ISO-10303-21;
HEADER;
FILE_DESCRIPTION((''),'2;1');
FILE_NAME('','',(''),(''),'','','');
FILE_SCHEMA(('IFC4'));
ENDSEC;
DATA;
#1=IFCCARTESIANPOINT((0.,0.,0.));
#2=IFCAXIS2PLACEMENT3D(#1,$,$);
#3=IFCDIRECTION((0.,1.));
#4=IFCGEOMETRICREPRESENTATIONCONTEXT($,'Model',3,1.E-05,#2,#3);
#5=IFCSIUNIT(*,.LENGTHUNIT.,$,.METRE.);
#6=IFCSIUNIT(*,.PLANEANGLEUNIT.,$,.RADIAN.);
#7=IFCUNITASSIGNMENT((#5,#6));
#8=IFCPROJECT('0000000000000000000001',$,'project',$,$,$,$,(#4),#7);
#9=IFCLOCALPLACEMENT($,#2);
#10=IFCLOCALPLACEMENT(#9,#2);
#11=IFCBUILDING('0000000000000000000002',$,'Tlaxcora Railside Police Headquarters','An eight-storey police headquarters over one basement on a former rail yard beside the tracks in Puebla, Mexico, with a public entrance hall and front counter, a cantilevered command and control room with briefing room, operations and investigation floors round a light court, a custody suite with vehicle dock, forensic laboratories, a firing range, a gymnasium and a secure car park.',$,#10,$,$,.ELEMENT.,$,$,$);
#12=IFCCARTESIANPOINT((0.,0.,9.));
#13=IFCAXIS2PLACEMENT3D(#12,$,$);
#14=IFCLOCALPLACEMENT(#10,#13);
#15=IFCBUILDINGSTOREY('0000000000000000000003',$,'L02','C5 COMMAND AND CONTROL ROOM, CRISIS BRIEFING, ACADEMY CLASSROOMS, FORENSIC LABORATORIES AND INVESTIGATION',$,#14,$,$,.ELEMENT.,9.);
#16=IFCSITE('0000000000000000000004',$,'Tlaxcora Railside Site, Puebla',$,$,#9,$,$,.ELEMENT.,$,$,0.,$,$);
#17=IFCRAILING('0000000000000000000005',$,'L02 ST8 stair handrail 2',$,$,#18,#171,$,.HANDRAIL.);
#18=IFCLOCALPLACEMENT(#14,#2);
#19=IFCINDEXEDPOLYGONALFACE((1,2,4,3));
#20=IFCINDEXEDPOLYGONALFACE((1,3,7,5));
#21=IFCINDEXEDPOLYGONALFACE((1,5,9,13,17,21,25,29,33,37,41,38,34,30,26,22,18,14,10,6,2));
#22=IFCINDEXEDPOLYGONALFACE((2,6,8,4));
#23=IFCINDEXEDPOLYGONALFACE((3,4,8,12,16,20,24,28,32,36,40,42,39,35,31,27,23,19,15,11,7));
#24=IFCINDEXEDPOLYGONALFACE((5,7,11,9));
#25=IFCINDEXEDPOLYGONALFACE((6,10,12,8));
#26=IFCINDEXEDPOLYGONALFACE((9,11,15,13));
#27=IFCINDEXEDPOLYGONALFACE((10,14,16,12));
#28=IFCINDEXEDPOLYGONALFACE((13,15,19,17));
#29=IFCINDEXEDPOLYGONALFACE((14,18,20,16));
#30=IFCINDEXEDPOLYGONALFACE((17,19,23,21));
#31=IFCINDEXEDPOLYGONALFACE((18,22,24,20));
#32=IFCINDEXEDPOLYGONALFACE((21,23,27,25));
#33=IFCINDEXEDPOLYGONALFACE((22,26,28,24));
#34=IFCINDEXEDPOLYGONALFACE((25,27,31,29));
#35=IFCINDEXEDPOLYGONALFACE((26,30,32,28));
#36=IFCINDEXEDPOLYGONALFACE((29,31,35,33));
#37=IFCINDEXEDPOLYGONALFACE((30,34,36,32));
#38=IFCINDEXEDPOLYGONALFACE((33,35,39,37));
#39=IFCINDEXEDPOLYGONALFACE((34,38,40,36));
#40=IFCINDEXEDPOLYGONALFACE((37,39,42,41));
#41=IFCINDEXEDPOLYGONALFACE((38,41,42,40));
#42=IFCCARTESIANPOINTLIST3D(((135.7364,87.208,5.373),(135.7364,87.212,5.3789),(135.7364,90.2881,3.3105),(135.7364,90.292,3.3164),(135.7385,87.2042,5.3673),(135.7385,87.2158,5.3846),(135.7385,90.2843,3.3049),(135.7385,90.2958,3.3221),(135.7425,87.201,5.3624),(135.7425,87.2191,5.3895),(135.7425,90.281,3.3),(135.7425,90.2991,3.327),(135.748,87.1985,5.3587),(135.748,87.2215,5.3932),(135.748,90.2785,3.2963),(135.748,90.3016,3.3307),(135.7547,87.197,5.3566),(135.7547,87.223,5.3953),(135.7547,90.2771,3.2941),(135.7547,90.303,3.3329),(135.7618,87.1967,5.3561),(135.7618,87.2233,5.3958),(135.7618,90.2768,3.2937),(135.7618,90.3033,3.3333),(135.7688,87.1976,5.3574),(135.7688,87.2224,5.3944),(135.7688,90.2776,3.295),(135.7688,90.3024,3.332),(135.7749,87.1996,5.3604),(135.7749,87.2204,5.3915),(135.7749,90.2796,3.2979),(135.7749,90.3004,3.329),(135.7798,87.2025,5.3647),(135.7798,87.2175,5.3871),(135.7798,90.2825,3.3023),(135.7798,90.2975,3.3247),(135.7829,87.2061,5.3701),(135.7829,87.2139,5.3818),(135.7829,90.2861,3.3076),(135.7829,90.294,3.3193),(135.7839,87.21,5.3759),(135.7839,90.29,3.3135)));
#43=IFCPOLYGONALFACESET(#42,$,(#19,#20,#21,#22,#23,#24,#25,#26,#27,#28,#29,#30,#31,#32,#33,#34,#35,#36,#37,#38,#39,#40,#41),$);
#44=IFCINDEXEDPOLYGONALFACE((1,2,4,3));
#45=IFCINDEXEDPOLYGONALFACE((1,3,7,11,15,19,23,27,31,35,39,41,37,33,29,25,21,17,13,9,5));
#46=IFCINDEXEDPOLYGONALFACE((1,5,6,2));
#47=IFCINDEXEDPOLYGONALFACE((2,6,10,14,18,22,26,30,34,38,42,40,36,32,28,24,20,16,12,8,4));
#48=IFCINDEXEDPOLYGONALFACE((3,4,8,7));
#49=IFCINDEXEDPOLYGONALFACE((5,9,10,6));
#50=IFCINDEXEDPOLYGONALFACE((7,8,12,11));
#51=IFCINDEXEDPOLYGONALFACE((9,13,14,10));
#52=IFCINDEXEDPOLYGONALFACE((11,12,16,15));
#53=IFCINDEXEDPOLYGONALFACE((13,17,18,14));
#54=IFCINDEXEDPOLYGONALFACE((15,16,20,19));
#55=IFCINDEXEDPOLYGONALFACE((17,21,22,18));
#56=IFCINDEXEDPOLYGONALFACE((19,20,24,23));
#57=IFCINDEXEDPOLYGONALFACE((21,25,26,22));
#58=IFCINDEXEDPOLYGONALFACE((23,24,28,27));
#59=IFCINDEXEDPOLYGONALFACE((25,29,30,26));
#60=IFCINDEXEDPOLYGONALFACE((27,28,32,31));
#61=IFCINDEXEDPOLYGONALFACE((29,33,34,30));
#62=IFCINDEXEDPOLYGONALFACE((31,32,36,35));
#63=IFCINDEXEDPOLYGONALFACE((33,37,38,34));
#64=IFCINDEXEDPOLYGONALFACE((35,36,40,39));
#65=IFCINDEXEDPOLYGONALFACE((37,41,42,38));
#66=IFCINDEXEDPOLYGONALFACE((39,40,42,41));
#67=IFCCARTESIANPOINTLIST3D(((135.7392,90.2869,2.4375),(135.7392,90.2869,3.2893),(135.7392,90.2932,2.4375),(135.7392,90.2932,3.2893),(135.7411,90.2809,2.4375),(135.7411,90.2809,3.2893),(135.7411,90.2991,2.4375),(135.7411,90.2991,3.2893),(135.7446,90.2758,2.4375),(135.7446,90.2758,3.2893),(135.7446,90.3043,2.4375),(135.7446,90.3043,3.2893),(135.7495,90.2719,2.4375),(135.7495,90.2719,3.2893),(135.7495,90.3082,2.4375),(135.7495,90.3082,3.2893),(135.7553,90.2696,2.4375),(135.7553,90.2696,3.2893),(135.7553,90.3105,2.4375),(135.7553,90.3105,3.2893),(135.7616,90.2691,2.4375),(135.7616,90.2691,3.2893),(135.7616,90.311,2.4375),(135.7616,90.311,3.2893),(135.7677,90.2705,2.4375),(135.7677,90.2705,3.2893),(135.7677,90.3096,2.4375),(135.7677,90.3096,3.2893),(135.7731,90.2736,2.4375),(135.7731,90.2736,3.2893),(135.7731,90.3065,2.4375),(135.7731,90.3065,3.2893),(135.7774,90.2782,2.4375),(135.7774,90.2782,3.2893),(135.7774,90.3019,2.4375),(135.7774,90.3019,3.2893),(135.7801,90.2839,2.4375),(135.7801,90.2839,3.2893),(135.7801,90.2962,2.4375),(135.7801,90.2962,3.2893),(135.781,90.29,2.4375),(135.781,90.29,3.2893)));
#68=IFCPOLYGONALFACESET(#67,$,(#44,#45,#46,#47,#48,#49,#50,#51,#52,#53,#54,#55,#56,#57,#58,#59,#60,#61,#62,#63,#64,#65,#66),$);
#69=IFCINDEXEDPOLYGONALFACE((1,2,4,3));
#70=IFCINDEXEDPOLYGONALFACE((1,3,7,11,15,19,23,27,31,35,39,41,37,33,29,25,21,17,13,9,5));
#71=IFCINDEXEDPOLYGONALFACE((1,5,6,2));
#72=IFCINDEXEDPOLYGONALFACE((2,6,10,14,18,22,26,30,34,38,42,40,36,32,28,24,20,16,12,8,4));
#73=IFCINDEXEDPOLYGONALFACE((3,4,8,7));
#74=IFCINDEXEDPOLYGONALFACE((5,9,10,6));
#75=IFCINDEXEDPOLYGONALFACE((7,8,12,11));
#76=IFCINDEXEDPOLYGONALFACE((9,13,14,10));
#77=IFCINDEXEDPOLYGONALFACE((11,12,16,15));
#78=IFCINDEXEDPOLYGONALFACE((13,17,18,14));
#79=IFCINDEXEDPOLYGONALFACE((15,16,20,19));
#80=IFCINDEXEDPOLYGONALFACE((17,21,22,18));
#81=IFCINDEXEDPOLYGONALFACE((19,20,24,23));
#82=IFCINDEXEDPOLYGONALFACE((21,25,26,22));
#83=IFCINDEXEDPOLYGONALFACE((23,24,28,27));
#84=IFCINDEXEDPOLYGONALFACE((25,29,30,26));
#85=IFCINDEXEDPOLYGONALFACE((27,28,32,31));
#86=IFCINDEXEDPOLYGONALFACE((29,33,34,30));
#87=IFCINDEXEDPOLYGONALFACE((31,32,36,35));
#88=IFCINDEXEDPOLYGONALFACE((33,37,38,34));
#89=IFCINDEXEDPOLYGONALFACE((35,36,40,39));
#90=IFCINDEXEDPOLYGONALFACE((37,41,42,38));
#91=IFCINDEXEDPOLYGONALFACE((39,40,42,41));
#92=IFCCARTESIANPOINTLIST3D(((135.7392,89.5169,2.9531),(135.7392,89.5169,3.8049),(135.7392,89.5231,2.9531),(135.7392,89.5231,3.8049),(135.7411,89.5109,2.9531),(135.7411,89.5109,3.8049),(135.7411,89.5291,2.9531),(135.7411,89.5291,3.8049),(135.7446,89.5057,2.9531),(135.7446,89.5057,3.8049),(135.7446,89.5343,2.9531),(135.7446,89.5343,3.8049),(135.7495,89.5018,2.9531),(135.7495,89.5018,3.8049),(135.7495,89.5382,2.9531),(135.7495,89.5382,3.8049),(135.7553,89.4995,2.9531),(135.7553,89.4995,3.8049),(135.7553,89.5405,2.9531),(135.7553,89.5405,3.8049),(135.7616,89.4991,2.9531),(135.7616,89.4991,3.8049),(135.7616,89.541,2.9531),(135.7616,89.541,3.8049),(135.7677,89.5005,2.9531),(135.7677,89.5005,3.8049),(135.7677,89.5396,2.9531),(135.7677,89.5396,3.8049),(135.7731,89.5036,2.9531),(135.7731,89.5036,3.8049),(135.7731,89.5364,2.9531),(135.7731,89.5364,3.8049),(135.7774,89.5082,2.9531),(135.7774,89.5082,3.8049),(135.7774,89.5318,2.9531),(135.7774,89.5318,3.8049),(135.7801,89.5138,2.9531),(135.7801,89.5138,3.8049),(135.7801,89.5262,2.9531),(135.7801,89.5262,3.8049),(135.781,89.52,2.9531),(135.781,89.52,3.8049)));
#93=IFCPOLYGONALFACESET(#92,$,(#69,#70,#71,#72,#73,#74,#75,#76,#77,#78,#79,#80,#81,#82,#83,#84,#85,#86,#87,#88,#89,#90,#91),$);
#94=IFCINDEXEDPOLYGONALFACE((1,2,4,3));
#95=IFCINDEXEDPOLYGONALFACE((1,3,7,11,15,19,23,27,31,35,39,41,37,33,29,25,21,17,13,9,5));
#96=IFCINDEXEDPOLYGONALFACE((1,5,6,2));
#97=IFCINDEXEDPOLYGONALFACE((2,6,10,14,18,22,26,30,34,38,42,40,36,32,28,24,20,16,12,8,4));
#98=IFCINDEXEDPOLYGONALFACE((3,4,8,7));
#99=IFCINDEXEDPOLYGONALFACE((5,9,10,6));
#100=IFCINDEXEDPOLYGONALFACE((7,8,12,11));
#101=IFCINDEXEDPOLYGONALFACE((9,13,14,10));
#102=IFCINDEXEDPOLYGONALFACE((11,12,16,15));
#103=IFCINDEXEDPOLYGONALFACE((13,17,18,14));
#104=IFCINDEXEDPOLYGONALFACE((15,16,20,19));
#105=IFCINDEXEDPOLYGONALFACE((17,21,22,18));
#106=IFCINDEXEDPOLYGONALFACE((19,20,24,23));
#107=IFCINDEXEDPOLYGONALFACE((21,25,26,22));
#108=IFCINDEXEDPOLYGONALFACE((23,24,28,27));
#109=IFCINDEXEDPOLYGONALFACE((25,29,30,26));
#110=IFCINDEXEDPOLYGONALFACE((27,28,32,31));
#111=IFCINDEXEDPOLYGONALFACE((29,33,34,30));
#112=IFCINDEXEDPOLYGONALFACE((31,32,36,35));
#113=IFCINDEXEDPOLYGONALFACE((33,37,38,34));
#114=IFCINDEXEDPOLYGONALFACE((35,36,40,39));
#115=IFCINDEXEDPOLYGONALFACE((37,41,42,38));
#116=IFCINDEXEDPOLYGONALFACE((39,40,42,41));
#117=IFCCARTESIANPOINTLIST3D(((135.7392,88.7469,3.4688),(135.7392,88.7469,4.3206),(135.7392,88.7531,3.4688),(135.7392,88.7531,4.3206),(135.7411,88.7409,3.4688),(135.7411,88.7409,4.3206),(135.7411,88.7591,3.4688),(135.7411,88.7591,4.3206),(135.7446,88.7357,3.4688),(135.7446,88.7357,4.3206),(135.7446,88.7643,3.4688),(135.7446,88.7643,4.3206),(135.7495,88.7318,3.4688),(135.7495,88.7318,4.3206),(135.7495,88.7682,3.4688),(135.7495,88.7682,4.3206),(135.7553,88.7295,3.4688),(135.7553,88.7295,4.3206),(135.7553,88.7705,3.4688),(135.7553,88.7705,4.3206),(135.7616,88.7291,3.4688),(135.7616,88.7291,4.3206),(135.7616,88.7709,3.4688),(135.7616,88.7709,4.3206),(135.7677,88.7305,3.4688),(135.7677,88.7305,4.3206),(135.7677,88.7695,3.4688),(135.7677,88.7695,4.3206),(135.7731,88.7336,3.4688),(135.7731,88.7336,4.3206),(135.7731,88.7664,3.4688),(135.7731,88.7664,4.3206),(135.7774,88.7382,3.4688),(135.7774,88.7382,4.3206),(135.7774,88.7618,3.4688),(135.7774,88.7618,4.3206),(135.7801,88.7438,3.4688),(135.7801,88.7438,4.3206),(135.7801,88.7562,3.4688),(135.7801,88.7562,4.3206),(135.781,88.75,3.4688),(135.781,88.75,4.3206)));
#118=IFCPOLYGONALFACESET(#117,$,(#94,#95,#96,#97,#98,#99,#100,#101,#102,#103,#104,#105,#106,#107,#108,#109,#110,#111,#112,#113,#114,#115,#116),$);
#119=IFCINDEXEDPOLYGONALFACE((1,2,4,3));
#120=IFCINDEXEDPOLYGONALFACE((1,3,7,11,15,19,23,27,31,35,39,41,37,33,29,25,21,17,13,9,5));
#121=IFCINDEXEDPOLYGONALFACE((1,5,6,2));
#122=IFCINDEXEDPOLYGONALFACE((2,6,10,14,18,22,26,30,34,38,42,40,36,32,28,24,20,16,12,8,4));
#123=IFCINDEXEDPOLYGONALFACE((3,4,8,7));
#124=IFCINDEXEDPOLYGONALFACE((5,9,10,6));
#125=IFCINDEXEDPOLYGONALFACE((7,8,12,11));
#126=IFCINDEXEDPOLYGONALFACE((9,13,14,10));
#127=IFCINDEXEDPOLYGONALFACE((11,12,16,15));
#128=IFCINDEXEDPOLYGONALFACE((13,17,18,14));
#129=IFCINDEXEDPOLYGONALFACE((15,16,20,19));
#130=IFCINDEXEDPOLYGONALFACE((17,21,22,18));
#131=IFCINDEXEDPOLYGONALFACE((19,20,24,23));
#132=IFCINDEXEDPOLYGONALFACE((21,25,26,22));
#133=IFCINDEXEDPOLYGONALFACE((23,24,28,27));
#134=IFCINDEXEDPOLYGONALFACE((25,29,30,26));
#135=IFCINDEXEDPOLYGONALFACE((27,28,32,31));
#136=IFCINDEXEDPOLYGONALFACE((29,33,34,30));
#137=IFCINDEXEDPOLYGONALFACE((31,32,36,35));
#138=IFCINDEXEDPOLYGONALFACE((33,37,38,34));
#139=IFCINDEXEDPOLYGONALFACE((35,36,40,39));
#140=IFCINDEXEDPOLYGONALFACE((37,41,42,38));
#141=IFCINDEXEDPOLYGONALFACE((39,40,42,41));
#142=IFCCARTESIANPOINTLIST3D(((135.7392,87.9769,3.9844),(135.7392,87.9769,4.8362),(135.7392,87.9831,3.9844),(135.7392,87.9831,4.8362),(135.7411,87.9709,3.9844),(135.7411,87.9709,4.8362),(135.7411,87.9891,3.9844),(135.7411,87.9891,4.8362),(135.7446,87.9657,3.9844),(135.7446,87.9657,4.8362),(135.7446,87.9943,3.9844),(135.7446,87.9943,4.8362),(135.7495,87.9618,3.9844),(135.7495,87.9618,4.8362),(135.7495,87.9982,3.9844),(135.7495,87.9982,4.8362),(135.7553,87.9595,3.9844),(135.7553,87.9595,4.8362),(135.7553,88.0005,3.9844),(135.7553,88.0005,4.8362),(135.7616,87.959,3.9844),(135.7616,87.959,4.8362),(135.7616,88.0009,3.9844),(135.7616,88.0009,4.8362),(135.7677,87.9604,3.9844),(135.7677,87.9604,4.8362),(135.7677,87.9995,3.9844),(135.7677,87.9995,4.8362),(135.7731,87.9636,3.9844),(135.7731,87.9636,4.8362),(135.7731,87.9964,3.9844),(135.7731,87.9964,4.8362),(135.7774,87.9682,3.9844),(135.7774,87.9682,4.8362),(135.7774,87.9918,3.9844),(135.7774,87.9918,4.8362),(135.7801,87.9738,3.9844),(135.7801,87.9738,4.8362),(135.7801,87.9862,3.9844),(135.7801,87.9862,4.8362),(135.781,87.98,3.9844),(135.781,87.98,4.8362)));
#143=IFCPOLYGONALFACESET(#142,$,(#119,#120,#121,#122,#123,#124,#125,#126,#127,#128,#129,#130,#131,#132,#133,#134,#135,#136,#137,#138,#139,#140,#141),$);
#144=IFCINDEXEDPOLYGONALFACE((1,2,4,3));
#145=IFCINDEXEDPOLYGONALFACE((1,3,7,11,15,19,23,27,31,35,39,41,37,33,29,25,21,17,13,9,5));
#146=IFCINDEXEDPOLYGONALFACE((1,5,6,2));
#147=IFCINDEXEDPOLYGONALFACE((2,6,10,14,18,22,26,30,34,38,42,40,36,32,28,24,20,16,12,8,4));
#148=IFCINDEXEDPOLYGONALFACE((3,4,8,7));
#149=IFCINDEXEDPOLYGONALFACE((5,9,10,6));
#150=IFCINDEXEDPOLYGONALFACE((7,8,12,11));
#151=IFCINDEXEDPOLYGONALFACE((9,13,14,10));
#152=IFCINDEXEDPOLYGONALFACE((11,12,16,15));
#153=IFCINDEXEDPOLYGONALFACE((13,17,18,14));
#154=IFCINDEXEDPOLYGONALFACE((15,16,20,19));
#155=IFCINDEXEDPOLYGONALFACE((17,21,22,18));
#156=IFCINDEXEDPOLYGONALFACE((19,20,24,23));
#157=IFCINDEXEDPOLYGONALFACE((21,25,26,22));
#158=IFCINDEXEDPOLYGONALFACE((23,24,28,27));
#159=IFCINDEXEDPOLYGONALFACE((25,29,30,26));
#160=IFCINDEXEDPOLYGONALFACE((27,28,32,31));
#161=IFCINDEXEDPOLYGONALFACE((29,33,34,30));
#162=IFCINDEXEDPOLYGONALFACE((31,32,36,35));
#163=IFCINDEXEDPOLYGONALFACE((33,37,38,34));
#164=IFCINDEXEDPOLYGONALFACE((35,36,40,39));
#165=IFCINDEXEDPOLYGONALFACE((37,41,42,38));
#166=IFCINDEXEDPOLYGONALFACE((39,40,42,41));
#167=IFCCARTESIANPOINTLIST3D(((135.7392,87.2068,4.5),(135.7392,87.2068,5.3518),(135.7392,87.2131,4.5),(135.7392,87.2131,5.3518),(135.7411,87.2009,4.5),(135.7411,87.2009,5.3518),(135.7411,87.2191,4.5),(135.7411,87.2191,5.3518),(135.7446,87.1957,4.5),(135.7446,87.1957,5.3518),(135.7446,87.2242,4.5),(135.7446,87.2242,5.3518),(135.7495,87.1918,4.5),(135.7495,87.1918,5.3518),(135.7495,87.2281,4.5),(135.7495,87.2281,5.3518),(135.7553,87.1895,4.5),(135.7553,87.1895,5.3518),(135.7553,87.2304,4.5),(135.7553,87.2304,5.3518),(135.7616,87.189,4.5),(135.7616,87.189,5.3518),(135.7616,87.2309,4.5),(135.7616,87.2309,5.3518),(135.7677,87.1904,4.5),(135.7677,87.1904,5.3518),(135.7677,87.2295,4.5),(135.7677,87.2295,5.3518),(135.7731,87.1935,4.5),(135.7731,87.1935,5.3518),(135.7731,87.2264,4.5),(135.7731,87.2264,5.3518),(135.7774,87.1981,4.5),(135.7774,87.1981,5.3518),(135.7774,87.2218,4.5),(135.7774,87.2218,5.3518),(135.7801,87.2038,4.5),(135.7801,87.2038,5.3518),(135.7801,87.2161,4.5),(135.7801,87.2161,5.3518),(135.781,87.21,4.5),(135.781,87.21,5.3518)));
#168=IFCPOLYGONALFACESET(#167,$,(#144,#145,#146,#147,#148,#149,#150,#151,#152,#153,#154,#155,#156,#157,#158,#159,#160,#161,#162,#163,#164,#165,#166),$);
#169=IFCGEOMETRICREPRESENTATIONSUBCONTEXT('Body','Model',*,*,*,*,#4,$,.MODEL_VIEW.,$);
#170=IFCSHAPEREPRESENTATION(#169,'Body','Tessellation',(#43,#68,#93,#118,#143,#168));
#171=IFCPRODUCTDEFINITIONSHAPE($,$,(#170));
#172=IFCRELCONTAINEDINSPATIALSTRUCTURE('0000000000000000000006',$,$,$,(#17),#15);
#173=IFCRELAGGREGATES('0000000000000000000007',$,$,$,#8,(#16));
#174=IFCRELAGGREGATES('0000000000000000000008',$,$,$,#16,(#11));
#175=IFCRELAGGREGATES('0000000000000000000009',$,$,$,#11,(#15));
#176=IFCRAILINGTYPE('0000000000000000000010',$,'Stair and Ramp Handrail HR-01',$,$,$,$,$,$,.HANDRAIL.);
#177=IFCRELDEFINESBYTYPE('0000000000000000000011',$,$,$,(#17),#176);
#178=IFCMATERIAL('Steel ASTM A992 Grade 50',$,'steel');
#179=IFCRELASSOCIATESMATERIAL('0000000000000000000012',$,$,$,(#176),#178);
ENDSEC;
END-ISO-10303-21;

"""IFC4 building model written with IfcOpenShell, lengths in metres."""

from ifc_helpers import new_model, si_unit, direction, frame, origin, origin_2d, place, context, subcontext, project, spatial, circle, extrude, material, type_object, element, save


model = new_model("IFC4")

# Units and contexts
model_context = context("Model", 3, precision=1e-05, world=origin(), true_north=direction((0.0, 1.0)))
body_context = subcontext(model_context, "Body", "Model", "MODEL_VIEW")
ifc_project = project(units=[si_unit("LENGTHUNIT", "METRE"), si_unit("PLANEANGLEUNIT", "RADIAN")], contexts=[model_context])

# Site, building, storey
site_placement = place(None, origin())
site = spatial("IfcSite", under=ifc_project, at=site_placement, Name="Tlaxcora Railside Site, Puebla", CompositionType="ELEMENT", RefElevation=0.0)
building_placement = place(site_placement, origin())
building = spatial("IfcBuilding", under=site, at=building_placement, Name="Tlaxcora Railside Police Headquarters", Description="An eight-storey police headquarters over one basement on a former rail yard beside the tracks in Puebla, Mexico, with a public entrance hall and front counter, a cantilevered command and control room with briefing room, operations and investigation floors round a light court, a custody suite with vehicle dock, forensic laboratories, a firing range, a gymnasium and a secure car park.", CompositionType="ELEMENT")
storey_placement = place(building_placement, frame((0.0, 0.0, 9.0)))
storey = spatial("IfcBuildingStorey", under=building, at=storey_placement, Name="L02", Description="C5 COMMAND AND CONTROL ROOM, CRISIS BRIEFING, ACADEMY CLASSROOMS, FORENSIC LABORATORIES AND INVESTIGATION", CompositionType="ELEMENT", Elevation=9.0)

# Shared definitions
ifc_material_1 = material(Name="Steel ASTM A992 Grade 50", Category="steel")

# Railing
railing_type = type_object("IfcRailingType", Name="Stair and Ramp Handrail HR-01", PredefinedType="HANDRAIL", material=ifc_material_1)
railing_placement = place(storey_placement, frame((135.76, 90.29, 2.4375)))
element("IfcRailing", 1, at=railing_placement, inside=storey, type_object=railing_type, Name="L02 ST8 stair handrail 2", PredefinedType="HANDRAIL", context=body_context, shape_type="SweptSolid", body=[
    extrude(circle(Radius=0.0239, at=origin_2d()), frame((0.0, 0.0, 0.876), z_axis=(0.0, -0.830914, 0.556401), x_axis=(1.0, 0.0, 0.0)), (0.0, 0.0, 1.0), 3.7068),
    extrude(circle(Radius=0.021, at=origin_2d()), origin(), (0.0, 0.0, 1.0), 0.8518),
    extrude(circle(Radius=0.021, at=origin_2d()), frame((0.0, -0.77, 0.5156)), (0.0, 0.0, 1.0), 0.8518),
    extrude(circle(Radius=0.021, at=origin_2d()), frame((0.0, -1.54, 1.0312)), (0.0, 0.0, 1.0), 0.8518),
    extrude(circle(Radius=0.021, at=origin_2d()), frame((0.0, -2.3101, 1.5469)), (0.0, 0.0, 1.0), 0.8518),
    extrude(circle(Radius=0.021, at=origin_2d()), frame((0.0, -3.0801, 2.0625)), (0.0, 0.0, 1.0), 0.8518),
])

save(model, "model.ifc")
